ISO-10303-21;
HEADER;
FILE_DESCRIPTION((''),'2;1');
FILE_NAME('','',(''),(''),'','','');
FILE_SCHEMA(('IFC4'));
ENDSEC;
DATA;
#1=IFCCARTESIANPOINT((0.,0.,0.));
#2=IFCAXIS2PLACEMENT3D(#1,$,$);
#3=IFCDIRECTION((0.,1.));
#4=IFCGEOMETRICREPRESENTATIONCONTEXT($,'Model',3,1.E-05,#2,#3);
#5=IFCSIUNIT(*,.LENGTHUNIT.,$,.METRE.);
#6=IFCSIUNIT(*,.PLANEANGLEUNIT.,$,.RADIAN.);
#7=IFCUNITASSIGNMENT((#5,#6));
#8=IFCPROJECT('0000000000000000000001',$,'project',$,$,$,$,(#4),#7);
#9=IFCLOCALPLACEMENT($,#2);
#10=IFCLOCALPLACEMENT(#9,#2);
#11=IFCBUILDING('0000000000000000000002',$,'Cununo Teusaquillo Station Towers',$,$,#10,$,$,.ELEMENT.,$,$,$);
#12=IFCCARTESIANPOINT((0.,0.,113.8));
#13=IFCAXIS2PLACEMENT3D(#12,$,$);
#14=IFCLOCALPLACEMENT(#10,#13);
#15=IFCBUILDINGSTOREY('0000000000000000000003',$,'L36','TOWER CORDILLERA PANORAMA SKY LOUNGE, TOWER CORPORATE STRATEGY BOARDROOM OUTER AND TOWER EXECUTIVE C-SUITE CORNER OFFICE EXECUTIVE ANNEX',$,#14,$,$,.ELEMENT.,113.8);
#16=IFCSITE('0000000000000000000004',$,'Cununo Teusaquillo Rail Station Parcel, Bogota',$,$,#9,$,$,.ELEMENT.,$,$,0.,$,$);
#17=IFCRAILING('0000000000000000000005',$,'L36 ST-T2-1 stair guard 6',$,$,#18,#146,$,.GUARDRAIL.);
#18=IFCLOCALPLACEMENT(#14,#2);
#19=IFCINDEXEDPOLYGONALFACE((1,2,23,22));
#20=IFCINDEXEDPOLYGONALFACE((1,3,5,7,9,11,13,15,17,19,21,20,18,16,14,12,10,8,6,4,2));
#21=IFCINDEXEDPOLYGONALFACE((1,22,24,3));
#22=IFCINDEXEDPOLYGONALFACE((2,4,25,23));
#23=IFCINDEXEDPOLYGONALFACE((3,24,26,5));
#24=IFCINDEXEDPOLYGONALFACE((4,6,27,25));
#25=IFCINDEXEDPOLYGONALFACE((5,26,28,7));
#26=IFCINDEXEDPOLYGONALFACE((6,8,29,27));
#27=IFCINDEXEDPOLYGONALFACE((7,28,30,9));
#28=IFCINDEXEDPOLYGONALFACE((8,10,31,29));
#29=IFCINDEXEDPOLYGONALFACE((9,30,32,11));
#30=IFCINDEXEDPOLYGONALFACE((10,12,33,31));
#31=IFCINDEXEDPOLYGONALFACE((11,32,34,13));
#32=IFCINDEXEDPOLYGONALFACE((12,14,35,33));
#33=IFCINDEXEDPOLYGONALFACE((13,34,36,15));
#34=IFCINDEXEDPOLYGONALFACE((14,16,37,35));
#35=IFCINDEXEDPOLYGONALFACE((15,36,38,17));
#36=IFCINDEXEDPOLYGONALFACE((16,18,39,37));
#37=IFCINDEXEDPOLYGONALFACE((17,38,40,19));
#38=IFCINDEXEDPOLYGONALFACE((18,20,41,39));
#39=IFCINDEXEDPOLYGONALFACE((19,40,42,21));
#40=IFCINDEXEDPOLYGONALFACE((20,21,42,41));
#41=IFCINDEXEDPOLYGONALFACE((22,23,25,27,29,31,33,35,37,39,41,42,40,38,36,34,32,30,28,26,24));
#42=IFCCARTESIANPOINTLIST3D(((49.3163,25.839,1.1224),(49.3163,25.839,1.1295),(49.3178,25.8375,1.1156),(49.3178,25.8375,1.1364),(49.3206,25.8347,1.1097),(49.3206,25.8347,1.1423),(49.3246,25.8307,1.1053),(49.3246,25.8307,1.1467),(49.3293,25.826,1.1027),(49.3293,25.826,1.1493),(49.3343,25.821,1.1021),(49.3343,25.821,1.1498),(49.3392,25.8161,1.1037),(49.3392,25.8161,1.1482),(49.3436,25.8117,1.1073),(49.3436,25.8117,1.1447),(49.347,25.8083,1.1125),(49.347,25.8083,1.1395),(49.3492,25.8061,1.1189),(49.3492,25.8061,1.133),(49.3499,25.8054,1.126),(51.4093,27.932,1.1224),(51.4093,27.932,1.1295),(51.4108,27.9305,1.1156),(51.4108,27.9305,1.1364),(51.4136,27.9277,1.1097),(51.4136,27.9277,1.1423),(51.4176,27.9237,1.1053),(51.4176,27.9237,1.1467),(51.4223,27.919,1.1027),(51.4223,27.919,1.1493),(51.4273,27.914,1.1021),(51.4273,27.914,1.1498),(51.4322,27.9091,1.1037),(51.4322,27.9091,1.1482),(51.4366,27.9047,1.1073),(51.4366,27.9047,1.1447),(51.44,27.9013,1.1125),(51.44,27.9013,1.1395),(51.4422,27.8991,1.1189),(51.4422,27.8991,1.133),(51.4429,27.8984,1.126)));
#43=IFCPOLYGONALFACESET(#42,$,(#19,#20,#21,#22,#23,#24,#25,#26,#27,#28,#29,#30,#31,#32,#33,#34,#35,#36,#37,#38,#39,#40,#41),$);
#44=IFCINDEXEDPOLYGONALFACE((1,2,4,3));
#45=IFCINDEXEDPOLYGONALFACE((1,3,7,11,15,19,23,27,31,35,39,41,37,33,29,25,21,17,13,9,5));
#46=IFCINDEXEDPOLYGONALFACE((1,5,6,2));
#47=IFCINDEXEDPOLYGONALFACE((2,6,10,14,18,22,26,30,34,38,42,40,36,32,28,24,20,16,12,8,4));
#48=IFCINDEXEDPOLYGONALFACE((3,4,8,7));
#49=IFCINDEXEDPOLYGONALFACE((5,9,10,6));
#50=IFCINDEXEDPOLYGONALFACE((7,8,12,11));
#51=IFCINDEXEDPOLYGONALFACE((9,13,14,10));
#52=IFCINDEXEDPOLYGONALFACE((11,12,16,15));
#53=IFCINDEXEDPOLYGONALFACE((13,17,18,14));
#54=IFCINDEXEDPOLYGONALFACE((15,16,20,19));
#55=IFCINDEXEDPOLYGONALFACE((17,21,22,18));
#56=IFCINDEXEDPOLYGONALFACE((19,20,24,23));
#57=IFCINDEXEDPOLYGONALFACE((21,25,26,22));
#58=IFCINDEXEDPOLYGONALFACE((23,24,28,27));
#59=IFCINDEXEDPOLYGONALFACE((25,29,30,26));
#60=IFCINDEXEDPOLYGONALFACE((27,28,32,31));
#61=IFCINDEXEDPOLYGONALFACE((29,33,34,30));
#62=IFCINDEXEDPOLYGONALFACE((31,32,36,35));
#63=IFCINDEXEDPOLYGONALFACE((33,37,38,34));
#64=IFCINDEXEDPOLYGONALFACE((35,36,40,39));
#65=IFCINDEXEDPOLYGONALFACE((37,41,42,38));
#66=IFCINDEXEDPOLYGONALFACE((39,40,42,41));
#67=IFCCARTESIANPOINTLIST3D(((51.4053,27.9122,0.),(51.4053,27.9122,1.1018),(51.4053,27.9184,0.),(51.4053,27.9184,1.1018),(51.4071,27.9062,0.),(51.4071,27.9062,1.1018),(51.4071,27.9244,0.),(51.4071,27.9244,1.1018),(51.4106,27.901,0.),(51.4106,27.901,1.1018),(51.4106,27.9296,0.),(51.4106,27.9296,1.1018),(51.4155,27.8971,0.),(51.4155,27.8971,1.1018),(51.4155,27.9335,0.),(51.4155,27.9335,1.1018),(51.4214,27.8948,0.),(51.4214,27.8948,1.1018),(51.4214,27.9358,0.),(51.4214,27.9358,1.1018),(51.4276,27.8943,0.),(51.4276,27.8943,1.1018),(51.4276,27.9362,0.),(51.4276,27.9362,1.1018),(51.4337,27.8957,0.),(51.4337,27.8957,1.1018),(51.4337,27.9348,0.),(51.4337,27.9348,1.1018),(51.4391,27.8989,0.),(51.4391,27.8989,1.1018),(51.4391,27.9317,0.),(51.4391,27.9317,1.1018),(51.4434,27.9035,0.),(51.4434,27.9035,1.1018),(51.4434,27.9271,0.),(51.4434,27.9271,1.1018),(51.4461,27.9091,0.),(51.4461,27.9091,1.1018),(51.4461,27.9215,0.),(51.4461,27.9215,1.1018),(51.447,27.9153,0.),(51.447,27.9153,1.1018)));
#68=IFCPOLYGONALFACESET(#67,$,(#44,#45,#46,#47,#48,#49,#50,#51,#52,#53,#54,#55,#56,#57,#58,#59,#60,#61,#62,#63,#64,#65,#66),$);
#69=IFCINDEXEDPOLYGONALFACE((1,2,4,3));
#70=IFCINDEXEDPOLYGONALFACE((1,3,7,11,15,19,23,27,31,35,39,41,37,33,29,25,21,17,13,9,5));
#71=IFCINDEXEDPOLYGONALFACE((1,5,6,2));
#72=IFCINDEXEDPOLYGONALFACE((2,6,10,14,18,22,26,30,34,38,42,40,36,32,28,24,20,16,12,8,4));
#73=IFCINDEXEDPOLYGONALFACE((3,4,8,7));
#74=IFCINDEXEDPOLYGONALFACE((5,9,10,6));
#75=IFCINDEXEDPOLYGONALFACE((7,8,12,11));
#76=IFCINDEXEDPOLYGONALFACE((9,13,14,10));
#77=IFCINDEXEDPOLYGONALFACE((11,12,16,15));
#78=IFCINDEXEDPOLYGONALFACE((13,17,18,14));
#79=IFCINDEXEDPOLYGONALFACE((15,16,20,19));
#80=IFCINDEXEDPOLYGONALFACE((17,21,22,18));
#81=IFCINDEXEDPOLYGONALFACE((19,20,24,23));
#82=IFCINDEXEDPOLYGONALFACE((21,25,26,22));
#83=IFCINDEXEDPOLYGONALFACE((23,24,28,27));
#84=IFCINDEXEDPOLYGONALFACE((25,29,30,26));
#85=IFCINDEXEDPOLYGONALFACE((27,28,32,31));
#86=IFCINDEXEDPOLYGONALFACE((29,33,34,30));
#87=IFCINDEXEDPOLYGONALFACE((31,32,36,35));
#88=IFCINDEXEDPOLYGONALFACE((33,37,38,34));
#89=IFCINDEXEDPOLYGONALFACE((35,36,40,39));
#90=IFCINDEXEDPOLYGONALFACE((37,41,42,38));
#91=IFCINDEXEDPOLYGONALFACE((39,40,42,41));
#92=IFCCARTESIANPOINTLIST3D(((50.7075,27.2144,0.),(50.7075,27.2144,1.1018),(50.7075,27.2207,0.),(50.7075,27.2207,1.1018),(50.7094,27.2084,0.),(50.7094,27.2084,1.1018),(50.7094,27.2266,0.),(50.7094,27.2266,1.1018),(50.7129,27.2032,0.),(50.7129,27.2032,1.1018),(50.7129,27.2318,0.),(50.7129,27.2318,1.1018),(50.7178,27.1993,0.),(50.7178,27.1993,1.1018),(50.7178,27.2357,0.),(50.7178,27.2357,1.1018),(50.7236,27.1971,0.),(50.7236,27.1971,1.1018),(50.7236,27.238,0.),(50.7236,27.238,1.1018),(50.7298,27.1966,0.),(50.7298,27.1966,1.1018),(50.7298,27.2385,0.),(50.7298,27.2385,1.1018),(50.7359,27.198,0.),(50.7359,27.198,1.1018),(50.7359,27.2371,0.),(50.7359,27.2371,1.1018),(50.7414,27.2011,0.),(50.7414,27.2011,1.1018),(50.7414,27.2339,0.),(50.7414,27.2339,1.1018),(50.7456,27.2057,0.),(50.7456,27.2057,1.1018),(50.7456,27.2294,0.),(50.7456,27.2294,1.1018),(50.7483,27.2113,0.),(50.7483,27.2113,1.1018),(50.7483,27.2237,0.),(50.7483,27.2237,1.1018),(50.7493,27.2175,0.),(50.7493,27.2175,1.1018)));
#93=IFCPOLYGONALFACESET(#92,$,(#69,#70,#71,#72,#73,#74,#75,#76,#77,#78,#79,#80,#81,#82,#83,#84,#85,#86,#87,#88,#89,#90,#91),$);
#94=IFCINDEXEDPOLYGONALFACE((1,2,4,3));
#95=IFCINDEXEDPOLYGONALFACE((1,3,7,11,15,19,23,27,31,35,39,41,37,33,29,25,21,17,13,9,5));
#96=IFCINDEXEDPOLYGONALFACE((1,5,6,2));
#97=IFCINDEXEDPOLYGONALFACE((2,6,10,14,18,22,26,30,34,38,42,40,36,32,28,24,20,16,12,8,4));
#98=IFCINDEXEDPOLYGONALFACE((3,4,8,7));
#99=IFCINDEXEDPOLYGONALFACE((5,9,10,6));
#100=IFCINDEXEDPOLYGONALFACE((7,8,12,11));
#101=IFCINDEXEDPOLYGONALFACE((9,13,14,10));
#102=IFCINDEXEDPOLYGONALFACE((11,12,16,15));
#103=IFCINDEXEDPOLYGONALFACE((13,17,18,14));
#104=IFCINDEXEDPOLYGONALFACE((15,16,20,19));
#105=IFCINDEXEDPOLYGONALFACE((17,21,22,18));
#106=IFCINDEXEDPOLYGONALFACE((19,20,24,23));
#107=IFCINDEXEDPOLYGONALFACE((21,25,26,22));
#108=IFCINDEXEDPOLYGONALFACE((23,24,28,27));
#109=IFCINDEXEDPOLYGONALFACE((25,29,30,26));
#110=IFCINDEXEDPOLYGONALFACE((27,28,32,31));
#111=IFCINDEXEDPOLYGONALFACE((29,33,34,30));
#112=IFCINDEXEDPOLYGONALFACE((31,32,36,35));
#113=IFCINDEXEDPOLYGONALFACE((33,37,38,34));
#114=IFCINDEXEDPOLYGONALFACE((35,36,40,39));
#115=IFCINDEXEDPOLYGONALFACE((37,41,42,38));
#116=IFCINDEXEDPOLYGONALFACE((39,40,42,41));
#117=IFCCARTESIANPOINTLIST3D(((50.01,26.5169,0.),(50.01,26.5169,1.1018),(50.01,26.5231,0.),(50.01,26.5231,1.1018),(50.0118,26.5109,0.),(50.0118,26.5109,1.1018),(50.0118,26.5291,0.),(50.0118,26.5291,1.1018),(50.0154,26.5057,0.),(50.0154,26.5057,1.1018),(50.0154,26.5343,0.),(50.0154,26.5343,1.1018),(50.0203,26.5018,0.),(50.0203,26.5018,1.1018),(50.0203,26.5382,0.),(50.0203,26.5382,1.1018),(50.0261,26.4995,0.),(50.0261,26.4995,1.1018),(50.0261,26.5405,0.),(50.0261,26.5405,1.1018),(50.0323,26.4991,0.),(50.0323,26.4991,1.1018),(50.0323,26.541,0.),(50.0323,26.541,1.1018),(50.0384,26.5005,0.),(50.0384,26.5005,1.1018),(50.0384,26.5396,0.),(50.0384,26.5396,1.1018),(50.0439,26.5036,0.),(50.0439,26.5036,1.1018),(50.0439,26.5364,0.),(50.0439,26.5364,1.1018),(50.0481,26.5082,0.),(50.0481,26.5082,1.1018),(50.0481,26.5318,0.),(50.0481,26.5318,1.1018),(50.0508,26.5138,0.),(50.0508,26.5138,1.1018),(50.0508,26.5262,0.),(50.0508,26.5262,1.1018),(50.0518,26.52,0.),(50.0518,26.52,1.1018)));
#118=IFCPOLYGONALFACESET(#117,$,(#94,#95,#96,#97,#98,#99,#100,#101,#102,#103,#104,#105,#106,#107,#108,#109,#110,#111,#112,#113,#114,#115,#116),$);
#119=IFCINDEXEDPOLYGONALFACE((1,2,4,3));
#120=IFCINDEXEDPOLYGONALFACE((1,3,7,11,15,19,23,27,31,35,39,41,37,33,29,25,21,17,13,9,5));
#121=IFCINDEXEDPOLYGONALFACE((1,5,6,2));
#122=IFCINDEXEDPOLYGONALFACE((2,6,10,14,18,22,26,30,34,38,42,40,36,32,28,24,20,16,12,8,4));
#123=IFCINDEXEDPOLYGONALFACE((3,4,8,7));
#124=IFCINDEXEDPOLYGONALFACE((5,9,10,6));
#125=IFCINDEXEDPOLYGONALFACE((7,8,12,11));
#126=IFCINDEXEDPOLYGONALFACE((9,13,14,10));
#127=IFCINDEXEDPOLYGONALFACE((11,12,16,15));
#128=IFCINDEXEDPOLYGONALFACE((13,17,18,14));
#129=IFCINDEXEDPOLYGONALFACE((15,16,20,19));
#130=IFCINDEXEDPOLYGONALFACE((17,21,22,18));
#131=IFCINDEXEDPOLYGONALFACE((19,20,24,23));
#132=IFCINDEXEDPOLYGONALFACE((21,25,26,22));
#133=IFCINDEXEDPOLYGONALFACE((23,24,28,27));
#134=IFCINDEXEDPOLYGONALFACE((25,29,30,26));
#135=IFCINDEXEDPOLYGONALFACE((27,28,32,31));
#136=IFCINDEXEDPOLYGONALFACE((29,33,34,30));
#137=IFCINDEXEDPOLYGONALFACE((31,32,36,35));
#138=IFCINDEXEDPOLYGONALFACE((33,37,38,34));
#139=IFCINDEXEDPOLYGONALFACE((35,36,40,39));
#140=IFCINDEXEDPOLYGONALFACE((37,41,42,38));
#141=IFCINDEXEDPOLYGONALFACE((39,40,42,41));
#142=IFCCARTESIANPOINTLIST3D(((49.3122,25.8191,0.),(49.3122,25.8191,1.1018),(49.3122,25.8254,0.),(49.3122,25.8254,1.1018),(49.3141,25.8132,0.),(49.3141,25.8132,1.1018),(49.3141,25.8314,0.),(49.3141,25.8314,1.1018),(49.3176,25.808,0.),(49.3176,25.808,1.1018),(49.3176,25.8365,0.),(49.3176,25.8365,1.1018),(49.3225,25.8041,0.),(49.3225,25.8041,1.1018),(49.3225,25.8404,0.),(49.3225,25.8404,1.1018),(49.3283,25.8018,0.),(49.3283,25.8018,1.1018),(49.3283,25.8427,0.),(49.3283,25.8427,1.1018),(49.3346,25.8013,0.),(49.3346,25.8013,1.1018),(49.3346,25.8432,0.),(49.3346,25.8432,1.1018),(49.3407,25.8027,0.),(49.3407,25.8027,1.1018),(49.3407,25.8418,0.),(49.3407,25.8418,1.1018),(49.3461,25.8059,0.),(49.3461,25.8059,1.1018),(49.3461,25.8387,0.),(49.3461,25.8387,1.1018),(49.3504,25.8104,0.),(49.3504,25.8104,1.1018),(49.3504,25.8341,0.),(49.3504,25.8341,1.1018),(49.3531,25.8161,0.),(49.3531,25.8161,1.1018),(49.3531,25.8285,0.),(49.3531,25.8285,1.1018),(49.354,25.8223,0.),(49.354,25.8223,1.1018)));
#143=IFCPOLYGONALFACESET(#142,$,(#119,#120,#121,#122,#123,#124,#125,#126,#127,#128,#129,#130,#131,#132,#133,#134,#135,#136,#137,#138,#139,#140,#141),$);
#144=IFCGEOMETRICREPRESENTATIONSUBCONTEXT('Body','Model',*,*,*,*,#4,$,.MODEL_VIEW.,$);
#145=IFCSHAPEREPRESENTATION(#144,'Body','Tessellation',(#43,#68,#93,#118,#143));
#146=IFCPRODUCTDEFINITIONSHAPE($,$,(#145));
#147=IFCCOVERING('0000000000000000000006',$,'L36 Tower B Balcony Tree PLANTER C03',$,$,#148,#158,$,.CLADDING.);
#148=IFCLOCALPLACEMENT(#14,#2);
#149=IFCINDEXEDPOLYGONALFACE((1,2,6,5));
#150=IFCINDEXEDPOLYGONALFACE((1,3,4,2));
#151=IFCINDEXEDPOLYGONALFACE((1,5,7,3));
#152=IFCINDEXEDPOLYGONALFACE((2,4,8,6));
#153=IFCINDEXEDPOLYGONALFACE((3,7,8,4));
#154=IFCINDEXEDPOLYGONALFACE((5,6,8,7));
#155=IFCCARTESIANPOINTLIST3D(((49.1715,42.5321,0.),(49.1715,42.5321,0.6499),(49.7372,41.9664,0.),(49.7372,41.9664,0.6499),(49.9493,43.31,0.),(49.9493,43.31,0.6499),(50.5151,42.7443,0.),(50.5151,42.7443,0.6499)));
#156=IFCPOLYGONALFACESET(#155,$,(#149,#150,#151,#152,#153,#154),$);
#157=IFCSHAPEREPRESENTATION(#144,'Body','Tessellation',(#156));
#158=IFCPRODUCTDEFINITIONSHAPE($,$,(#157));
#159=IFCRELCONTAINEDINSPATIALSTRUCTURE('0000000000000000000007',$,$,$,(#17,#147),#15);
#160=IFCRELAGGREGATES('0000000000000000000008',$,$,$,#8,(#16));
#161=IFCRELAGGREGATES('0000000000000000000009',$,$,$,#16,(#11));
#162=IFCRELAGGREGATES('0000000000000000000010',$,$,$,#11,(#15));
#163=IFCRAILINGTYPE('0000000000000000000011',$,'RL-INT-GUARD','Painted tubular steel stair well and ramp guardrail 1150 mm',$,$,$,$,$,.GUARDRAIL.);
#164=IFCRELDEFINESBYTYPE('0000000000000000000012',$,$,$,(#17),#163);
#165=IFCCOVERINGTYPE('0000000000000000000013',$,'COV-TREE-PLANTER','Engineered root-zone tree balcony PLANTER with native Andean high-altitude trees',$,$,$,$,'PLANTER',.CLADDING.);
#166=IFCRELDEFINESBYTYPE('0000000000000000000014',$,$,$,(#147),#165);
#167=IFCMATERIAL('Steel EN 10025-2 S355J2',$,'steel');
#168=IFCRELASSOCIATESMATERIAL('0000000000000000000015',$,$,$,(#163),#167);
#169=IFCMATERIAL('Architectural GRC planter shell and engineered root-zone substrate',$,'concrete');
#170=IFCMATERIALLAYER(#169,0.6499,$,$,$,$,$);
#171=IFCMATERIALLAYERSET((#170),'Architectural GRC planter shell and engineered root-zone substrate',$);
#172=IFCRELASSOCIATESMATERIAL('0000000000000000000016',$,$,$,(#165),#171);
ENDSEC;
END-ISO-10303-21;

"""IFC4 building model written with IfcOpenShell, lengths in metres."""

from ifc_helpers import new_model, si_unit, direction, frame, origin, origin_2d, place, context, subcontext, project, spatial, rectangle, circle, extrude, source, transform, mapped, material, layer, layer_set, type_object, element, save


model = new_model("IFC4")

# Units and contexts
model_context = context("Model", 3, precision=1e-05, world=origin(), true_north=direction((0.0, 1.0)))
body_context = subcontext(model_context, "Body", "Model", "MODEL_VIEW")
ifc_project = project(units=[si_unit("LENGTHUNIT", "METRE"), si_unit("PLANEANGLEUNIT", "RADIAN")], contexts=[model_context])

# Site, building, storey
site_placement = place(None, origin())
site = spatial("IfcSite", under=ifc_project, at=site_placement, Name="Cununo Teusaquillo Rail Station Parcel, Bogota", CompositionType="ELEMENT", RefElevation=0.0)
building_placement = place(site_placement, origin())
building = spatial("IfcBuilding", under=site, at=building_placement, Name="Cununo Teusaquillo Station Towers", CompositionType="ELEMENT")
storey_placement = place(building_placement, frame((0.0, 0.0, 113.8)))
storey = spatial("IfcBuildingStorey", under=building, at=storey_placement, Name="L36", Description="TOWER CORDILLERA PANORAMA SKY LOUNGE, TOWER CORPORATE STRATEGY BOARDROOM OUTER AND TOWER EXECUTIVE C-SUITE CORNER OFFICE EXECUTIVE ANNEX", CompositionType="ELEMENT", Elevation=113.8)

# Railing
ifc_material_1 = material(Name="Steel EN 10025-2 S355J2", Category="steel")
railing_type = type_object("IfcRailingType", Name="RL-INT-GUARD", Description="Painted tubular steel stair well and ramp guardrail 1150 mm", PredefinedType="GUARDRAIL", material=ifc_material_1)
railing_1_placement = place(storey_placement, frame((51.426, 27.9153, 0.0)))
element("IfcRailing", 1, at=railing_1_placement, inside=storey, type_object=railing_type, Name="L36 ST-T2-1 stair guard 6", PredefinedType="GUARDRAIL", context=body_context, shape_type="SweptSolid", body=[
    extrude(circle(Radius=0.0239, at=origin_2d()), frame((0.0, 0.0, 1.126), z_axis=(-0.707107, -0.707107, 0.0), x_axis=(0.707107, -0.707107, 0.0)), (0.0, 0.0, 1.0), 2.96),
    extrude(circle(Radius=0.021, at=origin_2d()), origin(), (0.0, 0.0, 1.0), 1.1018),
    extrude(circle(Radius=0.021, at=origin_2d()), frame((-0.6978, -0.6978, 0.0)), (0.0, 0.0, 1.0), 1.1018),
    extrude(circle(Radius=0.021, at=origin_2d()), frame((-1.3953, -1.3953, 0.0)), (0.0, 0.0, 1.0), 1.1018),
    extrude(circle(Radius=0.021, at=origin_2d()), frame((-2.093, -2.093, 0.0)), (0.0, 0.0, 1.0), 1.1018),
])

# Covering
ifc_material_2 = material(Name="Architectural GRC planter shell and engineered root-zone substrate", Category="concrete")
ifc_layer_1 = layer(ifc_material_2, 0.6499)
ifc_layer_set_1 = layer_set([ifc_layer_1], Name="Architectural GRC planter shell and engineered root-zone substrate")
covering_type = type_object("IfcCoveringType", Name="COV-TREE-PLANTER", Description="Engineered root-zone tree balcony PLANTER with native Andean high-altitude trees", ElementType="PLANTER", PredefinedType="CLADDING", material=ifc_layer_set_1)
shared_shape_1 = source(origin(), body_context, "Body", "SweptSolid", [
    extrude(rectangle(XDim=1.1001, YDim=0.8, at=origin_2d()), origin(), (0.0, 0.0, 1.0), 0.6499),
])
covering_placement = place(storey_placement, frame((49.8433, 42.6382, 0.0), z_axis=(0.0, 0.0, 1.0), x_axis=(0.707107, 0.707107, 0.0)))
element("IfcCovering", 2, at=covering_placement, inside=storey, type_object=covering_type, Name="L36 Tower B Balcony Tree PLANTER C03", PredefinedType="CLADDING", context=body_context, shape_type="MappedRepresentation", body=[
    mapped(shared_shape_1, transform((0.0, 0.0, 0.0), x_axis=(1.0, 0.0, 0.0), y_axis=(0.0, 1.0, 0.0), z_axis=(0.0, 0.0, 1.0), scale=1.0)),
])

save(model, "model.ifc")
